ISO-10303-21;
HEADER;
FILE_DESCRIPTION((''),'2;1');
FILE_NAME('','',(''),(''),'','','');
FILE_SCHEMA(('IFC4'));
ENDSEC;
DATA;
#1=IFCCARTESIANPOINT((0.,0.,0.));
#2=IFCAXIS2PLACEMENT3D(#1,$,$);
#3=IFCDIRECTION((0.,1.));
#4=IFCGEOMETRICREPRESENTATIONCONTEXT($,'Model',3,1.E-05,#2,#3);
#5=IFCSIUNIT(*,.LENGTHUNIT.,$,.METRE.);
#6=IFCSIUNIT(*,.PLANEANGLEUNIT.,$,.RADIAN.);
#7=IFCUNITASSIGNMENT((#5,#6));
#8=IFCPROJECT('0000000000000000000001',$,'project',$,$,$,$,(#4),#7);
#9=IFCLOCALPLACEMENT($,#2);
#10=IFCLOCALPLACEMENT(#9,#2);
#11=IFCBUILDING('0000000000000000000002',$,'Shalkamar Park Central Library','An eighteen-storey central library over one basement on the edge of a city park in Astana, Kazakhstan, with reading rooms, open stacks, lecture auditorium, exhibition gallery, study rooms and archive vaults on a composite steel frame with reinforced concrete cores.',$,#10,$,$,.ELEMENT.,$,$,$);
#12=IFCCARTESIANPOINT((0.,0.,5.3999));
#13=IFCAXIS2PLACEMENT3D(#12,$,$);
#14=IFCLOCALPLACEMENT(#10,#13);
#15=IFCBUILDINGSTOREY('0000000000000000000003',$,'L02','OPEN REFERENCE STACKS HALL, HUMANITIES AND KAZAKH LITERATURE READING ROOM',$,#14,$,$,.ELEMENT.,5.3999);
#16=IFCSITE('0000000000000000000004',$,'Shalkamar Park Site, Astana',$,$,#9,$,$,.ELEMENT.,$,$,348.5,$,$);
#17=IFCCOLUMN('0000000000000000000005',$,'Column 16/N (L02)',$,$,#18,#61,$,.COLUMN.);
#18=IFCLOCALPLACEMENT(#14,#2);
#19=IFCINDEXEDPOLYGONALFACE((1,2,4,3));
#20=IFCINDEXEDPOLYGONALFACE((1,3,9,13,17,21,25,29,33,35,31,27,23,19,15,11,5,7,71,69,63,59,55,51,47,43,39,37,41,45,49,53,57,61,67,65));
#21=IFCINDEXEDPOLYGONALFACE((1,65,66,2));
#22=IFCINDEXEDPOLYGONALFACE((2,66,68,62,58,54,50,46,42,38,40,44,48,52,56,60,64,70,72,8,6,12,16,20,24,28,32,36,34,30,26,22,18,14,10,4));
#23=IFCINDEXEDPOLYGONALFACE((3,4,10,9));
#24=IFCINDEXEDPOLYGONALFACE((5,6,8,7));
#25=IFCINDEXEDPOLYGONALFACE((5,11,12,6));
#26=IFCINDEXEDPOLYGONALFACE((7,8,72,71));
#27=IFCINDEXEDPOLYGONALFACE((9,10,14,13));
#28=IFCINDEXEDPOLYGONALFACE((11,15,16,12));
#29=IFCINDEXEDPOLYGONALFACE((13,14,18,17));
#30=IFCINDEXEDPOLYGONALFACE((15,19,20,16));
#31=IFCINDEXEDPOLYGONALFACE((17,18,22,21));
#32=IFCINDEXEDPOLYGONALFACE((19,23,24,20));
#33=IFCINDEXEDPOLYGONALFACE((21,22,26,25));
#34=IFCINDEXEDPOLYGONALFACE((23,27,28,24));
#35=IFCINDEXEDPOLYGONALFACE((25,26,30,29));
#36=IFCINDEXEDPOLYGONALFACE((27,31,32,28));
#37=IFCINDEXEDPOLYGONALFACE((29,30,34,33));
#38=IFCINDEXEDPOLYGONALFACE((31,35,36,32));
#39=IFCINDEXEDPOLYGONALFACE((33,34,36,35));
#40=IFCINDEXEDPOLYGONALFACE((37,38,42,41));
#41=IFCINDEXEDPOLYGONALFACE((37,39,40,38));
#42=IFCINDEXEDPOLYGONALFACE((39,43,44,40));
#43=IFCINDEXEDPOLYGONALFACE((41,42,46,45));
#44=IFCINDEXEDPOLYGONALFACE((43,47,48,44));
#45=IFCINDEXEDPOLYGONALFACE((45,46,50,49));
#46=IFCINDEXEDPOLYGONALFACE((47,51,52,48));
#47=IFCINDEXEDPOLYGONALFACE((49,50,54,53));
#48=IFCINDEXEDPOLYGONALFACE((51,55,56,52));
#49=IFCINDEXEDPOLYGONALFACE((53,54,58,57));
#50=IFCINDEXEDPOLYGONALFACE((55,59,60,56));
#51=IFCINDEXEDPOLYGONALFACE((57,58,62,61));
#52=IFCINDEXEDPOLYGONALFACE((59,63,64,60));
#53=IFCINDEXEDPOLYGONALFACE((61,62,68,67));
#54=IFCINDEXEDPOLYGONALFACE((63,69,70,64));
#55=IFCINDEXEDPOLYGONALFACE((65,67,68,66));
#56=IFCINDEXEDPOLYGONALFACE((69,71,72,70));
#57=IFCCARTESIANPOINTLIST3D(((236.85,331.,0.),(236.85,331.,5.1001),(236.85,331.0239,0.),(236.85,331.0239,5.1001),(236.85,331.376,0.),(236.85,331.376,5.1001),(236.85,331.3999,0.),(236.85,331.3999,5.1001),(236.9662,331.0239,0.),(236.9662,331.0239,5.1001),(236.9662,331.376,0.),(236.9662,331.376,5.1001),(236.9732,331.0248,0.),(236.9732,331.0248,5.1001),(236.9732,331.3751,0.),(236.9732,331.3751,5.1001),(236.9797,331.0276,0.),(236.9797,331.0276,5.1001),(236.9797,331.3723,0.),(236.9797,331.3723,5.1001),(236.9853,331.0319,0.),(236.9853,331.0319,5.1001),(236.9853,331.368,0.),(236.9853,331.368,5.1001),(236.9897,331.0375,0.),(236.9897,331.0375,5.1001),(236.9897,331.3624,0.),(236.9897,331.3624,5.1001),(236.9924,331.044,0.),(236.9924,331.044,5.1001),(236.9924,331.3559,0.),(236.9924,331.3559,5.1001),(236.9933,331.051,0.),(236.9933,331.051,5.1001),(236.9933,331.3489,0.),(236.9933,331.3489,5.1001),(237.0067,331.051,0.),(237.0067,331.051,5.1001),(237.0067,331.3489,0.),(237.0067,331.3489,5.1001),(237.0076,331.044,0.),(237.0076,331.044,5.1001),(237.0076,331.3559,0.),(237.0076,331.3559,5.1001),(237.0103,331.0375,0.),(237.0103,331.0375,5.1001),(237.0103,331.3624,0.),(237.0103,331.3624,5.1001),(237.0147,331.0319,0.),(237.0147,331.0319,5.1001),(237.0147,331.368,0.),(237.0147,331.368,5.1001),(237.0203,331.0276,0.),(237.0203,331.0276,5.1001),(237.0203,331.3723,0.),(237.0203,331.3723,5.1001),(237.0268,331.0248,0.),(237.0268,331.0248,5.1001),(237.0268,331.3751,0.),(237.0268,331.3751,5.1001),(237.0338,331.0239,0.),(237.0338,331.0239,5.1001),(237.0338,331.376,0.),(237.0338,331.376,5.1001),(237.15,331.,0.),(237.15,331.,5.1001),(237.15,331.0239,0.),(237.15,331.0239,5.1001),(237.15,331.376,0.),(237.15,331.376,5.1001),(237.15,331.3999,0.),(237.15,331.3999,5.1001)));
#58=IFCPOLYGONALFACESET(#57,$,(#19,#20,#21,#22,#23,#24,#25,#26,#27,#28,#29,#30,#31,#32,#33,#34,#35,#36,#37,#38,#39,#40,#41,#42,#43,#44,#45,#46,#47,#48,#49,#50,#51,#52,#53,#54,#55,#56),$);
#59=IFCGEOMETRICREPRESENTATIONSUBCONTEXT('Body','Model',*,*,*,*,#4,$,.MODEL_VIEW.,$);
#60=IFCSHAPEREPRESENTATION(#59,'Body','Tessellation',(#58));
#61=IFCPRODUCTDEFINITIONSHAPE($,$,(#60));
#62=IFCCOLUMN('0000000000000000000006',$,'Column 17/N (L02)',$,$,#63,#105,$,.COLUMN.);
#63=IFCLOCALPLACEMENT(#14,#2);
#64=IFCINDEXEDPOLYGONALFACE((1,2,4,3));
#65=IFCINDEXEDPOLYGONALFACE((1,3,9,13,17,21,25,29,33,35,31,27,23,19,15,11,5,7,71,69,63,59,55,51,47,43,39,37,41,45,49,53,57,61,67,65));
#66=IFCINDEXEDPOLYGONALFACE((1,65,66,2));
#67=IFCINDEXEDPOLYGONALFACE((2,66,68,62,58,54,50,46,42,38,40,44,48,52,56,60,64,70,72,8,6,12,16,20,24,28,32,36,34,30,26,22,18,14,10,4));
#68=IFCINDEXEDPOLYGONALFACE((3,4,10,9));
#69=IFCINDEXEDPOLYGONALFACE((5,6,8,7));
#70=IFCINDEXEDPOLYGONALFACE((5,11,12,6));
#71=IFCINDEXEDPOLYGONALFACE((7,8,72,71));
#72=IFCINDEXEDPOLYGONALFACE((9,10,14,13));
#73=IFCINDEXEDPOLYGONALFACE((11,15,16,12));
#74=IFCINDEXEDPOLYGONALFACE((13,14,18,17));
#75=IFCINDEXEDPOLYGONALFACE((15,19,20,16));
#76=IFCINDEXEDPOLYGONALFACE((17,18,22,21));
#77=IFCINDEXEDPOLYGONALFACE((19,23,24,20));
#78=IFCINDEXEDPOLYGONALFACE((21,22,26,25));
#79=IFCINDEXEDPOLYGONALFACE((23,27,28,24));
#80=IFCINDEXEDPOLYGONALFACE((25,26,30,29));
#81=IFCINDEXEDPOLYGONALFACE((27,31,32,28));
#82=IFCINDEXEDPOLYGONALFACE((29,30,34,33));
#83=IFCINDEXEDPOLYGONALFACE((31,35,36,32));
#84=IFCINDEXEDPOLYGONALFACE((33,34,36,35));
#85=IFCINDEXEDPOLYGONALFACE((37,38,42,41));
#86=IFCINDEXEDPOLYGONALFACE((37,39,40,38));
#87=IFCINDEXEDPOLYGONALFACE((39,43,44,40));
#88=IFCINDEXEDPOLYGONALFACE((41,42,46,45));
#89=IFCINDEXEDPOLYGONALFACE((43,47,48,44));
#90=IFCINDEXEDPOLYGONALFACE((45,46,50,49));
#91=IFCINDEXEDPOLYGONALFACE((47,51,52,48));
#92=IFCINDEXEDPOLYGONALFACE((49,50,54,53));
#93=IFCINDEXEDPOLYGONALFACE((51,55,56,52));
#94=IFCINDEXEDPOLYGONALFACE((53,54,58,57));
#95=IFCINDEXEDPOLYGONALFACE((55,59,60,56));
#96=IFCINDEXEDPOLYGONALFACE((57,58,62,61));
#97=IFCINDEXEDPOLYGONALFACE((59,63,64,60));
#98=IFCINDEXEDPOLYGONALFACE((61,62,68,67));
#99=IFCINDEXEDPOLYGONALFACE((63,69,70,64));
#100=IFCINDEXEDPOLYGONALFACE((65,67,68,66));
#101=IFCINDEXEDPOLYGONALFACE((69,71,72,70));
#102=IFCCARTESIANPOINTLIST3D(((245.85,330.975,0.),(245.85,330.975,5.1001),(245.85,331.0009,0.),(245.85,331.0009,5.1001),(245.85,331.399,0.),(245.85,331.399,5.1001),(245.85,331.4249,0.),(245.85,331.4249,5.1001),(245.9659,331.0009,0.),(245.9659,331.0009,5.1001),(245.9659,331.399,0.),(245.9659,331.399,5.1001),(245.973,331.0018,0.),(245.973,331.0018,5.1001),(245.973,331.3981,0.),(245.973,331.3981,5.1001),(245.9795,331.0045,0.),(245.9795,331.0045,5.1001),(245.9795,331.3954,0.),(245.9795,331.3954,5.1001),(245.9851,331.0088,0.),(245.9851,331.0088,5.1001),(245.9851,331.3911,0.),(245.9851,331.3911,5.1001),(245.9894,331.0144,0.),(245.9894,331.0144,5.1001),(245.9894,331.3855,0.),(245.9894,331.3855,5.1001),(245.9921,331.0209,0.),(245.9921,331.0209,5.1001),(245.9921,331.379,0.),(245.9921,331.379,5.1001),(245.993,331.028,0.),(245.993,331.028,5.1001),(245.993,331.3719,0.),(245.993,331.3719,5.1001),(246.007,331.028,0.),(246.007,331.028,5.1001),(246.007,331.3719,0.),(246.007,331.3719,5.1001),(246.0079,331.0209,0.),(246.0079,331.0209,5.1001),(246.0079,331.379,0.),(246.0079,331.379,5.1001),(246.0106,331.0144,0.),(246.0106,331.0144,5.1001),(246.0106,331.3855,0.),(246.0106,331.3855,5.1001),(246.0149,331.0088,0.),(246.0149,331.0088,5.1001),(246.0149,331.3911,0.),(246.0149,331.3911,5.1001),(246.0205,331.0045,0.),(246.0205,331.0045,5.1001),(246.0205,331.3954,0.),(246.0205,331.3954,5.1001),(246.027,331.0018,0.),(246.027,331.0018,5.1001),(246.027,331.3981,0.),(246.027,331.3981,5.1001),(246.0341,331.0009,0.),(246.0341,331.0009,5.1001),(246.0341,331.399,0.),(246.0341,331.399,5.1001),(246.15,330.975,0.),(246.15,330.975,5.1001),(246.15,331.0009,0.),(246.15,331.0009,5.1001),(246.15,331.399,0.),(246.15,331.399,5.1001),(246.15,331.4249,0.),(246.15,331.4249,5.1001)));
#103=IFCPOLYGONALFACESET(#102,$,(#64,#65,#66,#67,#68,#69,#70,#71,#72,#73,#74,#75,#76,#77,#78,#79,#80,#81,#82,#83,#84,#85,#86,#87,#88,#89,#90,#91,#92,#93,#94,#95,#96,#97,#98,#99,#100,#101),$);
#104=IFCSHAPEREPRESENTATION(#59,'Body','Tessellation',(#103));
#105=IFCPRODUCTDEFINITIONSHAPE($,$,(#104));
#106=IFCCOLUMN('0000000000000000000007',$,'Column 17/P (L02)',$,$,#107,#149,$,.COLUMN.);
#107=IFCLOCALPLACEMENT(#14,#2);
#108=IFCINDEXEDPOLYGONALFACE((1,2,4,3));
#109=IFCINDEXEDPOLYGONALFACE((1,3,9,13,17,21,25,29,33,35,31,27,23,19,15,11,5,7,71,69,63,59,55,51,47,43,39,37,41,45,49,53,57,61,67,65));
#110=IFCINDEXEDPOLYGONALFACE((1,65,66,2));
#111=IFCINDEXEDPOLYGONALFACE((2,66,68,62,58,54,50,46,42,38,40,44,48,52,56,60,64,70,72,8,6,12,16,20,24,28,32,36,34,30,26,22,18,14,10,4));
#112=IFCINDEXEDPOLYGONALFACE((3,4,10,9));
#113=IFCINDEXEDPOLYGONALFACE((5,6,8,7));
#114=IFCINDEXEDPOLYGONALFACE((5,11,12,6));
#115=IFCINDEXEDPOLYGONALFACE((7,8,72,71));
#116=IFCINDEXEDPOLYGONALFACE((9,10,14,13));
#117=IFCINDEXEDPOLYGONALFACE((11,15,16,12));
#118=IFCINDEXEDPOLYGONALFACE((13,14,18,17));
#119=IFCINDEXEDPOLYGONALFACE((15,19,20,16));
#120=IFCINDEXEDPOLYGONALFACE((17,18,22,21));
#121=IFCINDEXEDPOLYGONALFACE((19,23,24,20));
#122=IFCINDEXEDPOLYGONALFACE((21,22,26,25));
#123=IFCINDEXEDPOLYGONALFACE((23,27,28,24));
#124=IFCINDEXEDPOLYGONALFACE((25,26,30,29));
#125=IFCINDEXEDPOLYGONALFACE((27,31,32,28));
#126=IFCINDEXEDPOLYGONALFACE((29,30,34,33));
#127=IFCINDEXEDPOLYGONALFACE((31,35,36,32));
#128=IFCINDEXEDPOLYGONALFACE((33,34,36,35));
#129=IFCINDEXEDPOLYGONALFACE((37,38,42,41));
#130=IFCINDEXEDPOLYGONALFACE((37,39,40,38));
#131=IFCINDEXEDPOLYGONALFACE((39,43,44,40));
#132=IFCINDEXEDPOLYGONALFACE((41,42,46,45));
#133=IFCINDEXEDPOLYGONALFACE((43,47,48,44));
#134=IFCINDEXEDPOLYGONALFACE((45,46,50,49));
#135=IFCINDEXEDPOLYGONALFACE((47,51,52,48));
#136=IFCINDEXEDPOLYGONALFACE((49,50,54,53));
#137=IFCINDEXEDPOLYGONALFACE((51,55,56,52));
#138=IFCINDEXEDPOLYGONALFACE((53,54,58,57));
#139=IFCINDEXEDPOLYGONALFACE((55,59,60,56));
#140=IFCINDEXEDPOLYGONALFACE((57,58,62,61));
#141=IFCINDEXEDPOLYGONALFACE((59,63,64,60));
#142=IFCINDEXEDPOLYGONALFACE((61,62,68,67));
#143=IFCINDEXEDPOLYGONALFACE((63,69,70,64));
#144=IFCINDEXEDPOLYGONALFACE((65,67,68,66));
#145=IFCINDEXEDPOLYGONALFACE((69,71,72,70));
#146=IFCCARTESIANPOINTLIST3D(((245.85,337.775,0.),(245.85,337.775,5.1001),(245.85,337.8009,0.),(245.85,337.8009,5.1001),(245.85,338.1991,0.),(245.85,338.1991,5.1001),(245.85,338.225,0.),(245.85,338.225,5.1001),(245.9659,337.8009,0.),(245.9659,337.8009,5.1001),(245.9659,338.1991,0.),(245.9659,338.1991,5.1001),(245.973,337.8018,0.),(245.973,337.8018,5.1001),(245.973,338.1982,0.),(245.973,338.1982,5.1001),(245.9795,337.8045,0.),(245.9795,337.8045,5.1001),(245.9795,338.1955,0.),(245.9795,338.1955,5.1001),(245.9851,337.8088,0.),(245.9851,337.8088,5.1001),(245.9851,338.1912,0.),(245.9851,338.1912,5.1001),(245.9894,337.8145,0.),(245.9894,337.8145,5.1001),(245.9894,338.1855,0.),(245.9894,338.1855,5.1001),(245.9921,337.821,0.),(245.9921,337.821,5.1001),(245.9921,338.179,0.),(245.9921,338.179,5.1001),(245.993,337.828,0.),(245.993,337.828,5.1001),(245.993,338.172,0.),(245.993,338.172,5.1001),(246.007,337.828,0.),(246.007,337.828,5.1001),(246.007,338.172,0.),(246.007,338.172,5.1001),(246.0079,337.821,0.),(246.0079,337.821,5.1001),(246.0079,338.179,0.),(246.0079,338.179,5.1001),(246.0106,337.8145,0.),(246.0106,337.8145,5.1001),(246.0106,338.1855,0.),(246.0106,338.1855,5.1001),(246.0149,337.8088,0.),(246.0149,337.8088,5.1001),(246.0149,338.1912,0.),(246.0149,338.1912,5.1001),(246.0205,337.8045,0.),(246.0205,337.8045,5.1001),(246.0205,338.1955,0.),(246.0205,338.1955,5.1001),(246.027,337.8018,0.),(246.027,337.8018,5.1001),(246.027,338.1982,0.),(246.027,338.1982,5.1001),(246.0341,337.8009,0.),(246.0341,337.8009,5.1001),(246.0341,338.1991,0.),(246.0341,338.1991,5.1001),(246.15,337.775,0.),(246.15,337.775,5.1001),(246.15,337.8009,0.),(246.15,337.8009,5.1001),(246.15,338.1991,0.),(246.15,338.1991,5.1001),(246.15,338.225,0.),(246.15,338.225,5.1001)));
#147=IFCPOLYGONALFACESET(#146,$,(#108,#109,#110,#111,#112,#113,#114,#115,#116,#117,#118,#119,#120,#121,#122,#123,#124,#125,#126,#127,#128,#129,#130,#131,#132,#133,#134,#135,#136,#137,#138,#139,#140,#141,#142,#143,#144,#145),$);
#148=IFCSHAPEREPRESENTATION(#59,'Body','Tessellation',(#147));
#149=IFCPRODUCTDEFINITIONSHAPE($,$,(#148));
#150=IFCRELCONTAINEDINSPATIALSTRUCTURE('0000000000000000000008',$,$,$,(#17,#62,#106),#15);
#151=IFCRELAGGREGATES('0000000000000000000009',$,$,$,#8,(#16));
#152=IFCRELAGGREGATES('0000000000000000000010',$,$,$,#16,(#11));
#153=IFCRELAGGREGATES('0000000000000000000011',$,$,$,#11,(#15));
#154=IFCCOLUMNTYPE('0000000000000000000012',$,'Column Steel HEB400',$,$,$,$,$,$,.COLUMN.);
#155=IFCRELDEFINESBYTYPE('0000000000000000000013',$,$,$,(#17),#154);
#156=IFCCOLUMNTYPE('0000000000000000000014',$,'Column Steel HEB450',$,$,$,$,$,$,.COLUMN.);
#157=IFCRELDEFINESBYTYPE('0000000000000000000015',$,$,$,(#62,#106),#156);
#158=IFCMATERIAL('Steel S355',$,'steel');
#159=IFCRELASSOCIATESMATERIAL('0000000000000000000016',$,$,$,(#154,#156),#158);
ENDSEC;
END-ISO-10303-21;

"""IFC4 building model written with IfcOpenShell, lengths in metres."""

from ifc_helpers import new_model, si_unit, direction, frame, origin, origin_2d, place, context, subcontext, project, spatial, i_section, extrude, material, material_profile, profile_set, type_object, element, save


model = new_model("IFC4")

# Units and contexts
model_context = context("Model", 3, precision=1e-05, world=origin(), true_north=direction((0.0, 1.0)))
body_context = subcontext(model_context, "Body", "Model", "MODEL_VIEW")
ifc_project = project(units=[si_unit("LENGTHUNIT", "METRE"), si_unit("PLANEANGLEUNIT", "RADIAN")], contexts=[model_context])

# Site, building, storey
site_placement = place(None, origin())
site = spatial("IfcSite", under=ifc_project, at=site_placement, Name="Shalkamar Park Site, Astana", CompositionType="ELEMENT", RefElevation=348.5)
building_placement = place(site_placement, origin())
building = spatial("IfcBuilding", under=site, at=building_placement, Name="Shalkamar Park Central Library", Description="An eighteen-storey central library over one basement on the edge of a city park in Astana, Kazakhstan, with reading rooms, open stacks, lecture auditorium, exhibition gallery, study rooms and archive vaults on a composite steel frame with reinforced concrete cores.", CompositionType="ELEMENT")
storey_placement = place(building_placement, frame((0.0, 0.0, 5.3999)))
storey = spatial("IfcBuildingStorey", under=building, at=storey_placement, Name="L02", Description="OPEN REFERENCE STACKS HALL, HUMANITIES AND KAZAKH LITERATURE READING ROOM", CompositionType="ELEMENT", Elevation=5.3999)

# Columns
ifc_material_1 = material(Name="Steel S355", Category="steel")
ifc_material_profile_1 = material_profile(ifc_material_1, i_section(OverallWidth=0.3, OverallDepth=0.3999, WebThickness=0.0134, FlangeThickness=0.0239, FilletRadius=0.0271, at=origin_2d()), Name="HEB 400")
ifc_profile_set_1 = profile_set([ifc_material_profile_1], Name="Steel S355")
column_type_1 = type_object("IfcColumnType", Name="Column Steel HEB400", PredefinedType="COLUMN", material=ifc_profile_set_1)
column_1_placement = place(storey_placement, frame((237.0, 331.2, 0.0), z_axis=(0.0, 0.0, 1.0), x_axis=(1.0, 0.0, 0.0)))
element("IfcColumn", 1, at=column_1_placement, inside=storey, type_object=column_type_1, Name="Column 16/N (L02)", PredefinedType="COLUMN", context=body_context, shape_type="SweptSolid", body=[
    extrude(i_section(OverallWidth=0.3, OverallDepth=0.3999, WebThickness=0.0134, FlangeThickness=0.0239, FilletRadius=0.0271, at=origin_2d()), origin(), (0.0, 0.0, 1.0), 5.1001),
])
ifc_material_profile_2 = material_profile(ifc_material_1, i_section(OverallWidth=0.3, OverallDepth=0.45, WebThickness=0.0139, FlangeThickness=0.0259, FilletRadius=0.0271, at=origin_2d()), Name="HEB 450")
ifc_profile_set_2 = profile_set([ifc_material_profile_2], Name="Steel S355")
column_type_2 = type_object("IfcColumnType", Name="Column Steel HEB450", PredefinedType="COLUMN", material=ifc_profile_set_2)
for number, where, z_axis, x_axis, name in (
    (2, (246.0, 331.2, 0.0), (0.0, 0.0, 1.0), (1.0, 0.0, 0.0), "Column 17/N (L02)"),
    (3, (246.0, 338.0, 0.0), (0.0, 0.0, 1.0), (1.0, 0.0, 0.0), "Column 17/P (L02)"),
):
    element("IfcColumn", number, at=place(storey_placement, frame(where, z_axis=z_axis, x_axis=x_axis)), inside=storey, type_object=column_type_2, Name=name, PredefinedType="COLUMN", context=body_context, shape_type="SweptSolid", body=[
        extrude(i_section(OverallWidth=0.3, OverallDepth=0.45, WebThickness=0.0139, FlangeThickness=0.0259, FilletRadius=0.0271, at=origin_2d()), origin(), (0.0, 0.0, 1.0), 5.1001),
    ])

save(model, "model.ifc")
